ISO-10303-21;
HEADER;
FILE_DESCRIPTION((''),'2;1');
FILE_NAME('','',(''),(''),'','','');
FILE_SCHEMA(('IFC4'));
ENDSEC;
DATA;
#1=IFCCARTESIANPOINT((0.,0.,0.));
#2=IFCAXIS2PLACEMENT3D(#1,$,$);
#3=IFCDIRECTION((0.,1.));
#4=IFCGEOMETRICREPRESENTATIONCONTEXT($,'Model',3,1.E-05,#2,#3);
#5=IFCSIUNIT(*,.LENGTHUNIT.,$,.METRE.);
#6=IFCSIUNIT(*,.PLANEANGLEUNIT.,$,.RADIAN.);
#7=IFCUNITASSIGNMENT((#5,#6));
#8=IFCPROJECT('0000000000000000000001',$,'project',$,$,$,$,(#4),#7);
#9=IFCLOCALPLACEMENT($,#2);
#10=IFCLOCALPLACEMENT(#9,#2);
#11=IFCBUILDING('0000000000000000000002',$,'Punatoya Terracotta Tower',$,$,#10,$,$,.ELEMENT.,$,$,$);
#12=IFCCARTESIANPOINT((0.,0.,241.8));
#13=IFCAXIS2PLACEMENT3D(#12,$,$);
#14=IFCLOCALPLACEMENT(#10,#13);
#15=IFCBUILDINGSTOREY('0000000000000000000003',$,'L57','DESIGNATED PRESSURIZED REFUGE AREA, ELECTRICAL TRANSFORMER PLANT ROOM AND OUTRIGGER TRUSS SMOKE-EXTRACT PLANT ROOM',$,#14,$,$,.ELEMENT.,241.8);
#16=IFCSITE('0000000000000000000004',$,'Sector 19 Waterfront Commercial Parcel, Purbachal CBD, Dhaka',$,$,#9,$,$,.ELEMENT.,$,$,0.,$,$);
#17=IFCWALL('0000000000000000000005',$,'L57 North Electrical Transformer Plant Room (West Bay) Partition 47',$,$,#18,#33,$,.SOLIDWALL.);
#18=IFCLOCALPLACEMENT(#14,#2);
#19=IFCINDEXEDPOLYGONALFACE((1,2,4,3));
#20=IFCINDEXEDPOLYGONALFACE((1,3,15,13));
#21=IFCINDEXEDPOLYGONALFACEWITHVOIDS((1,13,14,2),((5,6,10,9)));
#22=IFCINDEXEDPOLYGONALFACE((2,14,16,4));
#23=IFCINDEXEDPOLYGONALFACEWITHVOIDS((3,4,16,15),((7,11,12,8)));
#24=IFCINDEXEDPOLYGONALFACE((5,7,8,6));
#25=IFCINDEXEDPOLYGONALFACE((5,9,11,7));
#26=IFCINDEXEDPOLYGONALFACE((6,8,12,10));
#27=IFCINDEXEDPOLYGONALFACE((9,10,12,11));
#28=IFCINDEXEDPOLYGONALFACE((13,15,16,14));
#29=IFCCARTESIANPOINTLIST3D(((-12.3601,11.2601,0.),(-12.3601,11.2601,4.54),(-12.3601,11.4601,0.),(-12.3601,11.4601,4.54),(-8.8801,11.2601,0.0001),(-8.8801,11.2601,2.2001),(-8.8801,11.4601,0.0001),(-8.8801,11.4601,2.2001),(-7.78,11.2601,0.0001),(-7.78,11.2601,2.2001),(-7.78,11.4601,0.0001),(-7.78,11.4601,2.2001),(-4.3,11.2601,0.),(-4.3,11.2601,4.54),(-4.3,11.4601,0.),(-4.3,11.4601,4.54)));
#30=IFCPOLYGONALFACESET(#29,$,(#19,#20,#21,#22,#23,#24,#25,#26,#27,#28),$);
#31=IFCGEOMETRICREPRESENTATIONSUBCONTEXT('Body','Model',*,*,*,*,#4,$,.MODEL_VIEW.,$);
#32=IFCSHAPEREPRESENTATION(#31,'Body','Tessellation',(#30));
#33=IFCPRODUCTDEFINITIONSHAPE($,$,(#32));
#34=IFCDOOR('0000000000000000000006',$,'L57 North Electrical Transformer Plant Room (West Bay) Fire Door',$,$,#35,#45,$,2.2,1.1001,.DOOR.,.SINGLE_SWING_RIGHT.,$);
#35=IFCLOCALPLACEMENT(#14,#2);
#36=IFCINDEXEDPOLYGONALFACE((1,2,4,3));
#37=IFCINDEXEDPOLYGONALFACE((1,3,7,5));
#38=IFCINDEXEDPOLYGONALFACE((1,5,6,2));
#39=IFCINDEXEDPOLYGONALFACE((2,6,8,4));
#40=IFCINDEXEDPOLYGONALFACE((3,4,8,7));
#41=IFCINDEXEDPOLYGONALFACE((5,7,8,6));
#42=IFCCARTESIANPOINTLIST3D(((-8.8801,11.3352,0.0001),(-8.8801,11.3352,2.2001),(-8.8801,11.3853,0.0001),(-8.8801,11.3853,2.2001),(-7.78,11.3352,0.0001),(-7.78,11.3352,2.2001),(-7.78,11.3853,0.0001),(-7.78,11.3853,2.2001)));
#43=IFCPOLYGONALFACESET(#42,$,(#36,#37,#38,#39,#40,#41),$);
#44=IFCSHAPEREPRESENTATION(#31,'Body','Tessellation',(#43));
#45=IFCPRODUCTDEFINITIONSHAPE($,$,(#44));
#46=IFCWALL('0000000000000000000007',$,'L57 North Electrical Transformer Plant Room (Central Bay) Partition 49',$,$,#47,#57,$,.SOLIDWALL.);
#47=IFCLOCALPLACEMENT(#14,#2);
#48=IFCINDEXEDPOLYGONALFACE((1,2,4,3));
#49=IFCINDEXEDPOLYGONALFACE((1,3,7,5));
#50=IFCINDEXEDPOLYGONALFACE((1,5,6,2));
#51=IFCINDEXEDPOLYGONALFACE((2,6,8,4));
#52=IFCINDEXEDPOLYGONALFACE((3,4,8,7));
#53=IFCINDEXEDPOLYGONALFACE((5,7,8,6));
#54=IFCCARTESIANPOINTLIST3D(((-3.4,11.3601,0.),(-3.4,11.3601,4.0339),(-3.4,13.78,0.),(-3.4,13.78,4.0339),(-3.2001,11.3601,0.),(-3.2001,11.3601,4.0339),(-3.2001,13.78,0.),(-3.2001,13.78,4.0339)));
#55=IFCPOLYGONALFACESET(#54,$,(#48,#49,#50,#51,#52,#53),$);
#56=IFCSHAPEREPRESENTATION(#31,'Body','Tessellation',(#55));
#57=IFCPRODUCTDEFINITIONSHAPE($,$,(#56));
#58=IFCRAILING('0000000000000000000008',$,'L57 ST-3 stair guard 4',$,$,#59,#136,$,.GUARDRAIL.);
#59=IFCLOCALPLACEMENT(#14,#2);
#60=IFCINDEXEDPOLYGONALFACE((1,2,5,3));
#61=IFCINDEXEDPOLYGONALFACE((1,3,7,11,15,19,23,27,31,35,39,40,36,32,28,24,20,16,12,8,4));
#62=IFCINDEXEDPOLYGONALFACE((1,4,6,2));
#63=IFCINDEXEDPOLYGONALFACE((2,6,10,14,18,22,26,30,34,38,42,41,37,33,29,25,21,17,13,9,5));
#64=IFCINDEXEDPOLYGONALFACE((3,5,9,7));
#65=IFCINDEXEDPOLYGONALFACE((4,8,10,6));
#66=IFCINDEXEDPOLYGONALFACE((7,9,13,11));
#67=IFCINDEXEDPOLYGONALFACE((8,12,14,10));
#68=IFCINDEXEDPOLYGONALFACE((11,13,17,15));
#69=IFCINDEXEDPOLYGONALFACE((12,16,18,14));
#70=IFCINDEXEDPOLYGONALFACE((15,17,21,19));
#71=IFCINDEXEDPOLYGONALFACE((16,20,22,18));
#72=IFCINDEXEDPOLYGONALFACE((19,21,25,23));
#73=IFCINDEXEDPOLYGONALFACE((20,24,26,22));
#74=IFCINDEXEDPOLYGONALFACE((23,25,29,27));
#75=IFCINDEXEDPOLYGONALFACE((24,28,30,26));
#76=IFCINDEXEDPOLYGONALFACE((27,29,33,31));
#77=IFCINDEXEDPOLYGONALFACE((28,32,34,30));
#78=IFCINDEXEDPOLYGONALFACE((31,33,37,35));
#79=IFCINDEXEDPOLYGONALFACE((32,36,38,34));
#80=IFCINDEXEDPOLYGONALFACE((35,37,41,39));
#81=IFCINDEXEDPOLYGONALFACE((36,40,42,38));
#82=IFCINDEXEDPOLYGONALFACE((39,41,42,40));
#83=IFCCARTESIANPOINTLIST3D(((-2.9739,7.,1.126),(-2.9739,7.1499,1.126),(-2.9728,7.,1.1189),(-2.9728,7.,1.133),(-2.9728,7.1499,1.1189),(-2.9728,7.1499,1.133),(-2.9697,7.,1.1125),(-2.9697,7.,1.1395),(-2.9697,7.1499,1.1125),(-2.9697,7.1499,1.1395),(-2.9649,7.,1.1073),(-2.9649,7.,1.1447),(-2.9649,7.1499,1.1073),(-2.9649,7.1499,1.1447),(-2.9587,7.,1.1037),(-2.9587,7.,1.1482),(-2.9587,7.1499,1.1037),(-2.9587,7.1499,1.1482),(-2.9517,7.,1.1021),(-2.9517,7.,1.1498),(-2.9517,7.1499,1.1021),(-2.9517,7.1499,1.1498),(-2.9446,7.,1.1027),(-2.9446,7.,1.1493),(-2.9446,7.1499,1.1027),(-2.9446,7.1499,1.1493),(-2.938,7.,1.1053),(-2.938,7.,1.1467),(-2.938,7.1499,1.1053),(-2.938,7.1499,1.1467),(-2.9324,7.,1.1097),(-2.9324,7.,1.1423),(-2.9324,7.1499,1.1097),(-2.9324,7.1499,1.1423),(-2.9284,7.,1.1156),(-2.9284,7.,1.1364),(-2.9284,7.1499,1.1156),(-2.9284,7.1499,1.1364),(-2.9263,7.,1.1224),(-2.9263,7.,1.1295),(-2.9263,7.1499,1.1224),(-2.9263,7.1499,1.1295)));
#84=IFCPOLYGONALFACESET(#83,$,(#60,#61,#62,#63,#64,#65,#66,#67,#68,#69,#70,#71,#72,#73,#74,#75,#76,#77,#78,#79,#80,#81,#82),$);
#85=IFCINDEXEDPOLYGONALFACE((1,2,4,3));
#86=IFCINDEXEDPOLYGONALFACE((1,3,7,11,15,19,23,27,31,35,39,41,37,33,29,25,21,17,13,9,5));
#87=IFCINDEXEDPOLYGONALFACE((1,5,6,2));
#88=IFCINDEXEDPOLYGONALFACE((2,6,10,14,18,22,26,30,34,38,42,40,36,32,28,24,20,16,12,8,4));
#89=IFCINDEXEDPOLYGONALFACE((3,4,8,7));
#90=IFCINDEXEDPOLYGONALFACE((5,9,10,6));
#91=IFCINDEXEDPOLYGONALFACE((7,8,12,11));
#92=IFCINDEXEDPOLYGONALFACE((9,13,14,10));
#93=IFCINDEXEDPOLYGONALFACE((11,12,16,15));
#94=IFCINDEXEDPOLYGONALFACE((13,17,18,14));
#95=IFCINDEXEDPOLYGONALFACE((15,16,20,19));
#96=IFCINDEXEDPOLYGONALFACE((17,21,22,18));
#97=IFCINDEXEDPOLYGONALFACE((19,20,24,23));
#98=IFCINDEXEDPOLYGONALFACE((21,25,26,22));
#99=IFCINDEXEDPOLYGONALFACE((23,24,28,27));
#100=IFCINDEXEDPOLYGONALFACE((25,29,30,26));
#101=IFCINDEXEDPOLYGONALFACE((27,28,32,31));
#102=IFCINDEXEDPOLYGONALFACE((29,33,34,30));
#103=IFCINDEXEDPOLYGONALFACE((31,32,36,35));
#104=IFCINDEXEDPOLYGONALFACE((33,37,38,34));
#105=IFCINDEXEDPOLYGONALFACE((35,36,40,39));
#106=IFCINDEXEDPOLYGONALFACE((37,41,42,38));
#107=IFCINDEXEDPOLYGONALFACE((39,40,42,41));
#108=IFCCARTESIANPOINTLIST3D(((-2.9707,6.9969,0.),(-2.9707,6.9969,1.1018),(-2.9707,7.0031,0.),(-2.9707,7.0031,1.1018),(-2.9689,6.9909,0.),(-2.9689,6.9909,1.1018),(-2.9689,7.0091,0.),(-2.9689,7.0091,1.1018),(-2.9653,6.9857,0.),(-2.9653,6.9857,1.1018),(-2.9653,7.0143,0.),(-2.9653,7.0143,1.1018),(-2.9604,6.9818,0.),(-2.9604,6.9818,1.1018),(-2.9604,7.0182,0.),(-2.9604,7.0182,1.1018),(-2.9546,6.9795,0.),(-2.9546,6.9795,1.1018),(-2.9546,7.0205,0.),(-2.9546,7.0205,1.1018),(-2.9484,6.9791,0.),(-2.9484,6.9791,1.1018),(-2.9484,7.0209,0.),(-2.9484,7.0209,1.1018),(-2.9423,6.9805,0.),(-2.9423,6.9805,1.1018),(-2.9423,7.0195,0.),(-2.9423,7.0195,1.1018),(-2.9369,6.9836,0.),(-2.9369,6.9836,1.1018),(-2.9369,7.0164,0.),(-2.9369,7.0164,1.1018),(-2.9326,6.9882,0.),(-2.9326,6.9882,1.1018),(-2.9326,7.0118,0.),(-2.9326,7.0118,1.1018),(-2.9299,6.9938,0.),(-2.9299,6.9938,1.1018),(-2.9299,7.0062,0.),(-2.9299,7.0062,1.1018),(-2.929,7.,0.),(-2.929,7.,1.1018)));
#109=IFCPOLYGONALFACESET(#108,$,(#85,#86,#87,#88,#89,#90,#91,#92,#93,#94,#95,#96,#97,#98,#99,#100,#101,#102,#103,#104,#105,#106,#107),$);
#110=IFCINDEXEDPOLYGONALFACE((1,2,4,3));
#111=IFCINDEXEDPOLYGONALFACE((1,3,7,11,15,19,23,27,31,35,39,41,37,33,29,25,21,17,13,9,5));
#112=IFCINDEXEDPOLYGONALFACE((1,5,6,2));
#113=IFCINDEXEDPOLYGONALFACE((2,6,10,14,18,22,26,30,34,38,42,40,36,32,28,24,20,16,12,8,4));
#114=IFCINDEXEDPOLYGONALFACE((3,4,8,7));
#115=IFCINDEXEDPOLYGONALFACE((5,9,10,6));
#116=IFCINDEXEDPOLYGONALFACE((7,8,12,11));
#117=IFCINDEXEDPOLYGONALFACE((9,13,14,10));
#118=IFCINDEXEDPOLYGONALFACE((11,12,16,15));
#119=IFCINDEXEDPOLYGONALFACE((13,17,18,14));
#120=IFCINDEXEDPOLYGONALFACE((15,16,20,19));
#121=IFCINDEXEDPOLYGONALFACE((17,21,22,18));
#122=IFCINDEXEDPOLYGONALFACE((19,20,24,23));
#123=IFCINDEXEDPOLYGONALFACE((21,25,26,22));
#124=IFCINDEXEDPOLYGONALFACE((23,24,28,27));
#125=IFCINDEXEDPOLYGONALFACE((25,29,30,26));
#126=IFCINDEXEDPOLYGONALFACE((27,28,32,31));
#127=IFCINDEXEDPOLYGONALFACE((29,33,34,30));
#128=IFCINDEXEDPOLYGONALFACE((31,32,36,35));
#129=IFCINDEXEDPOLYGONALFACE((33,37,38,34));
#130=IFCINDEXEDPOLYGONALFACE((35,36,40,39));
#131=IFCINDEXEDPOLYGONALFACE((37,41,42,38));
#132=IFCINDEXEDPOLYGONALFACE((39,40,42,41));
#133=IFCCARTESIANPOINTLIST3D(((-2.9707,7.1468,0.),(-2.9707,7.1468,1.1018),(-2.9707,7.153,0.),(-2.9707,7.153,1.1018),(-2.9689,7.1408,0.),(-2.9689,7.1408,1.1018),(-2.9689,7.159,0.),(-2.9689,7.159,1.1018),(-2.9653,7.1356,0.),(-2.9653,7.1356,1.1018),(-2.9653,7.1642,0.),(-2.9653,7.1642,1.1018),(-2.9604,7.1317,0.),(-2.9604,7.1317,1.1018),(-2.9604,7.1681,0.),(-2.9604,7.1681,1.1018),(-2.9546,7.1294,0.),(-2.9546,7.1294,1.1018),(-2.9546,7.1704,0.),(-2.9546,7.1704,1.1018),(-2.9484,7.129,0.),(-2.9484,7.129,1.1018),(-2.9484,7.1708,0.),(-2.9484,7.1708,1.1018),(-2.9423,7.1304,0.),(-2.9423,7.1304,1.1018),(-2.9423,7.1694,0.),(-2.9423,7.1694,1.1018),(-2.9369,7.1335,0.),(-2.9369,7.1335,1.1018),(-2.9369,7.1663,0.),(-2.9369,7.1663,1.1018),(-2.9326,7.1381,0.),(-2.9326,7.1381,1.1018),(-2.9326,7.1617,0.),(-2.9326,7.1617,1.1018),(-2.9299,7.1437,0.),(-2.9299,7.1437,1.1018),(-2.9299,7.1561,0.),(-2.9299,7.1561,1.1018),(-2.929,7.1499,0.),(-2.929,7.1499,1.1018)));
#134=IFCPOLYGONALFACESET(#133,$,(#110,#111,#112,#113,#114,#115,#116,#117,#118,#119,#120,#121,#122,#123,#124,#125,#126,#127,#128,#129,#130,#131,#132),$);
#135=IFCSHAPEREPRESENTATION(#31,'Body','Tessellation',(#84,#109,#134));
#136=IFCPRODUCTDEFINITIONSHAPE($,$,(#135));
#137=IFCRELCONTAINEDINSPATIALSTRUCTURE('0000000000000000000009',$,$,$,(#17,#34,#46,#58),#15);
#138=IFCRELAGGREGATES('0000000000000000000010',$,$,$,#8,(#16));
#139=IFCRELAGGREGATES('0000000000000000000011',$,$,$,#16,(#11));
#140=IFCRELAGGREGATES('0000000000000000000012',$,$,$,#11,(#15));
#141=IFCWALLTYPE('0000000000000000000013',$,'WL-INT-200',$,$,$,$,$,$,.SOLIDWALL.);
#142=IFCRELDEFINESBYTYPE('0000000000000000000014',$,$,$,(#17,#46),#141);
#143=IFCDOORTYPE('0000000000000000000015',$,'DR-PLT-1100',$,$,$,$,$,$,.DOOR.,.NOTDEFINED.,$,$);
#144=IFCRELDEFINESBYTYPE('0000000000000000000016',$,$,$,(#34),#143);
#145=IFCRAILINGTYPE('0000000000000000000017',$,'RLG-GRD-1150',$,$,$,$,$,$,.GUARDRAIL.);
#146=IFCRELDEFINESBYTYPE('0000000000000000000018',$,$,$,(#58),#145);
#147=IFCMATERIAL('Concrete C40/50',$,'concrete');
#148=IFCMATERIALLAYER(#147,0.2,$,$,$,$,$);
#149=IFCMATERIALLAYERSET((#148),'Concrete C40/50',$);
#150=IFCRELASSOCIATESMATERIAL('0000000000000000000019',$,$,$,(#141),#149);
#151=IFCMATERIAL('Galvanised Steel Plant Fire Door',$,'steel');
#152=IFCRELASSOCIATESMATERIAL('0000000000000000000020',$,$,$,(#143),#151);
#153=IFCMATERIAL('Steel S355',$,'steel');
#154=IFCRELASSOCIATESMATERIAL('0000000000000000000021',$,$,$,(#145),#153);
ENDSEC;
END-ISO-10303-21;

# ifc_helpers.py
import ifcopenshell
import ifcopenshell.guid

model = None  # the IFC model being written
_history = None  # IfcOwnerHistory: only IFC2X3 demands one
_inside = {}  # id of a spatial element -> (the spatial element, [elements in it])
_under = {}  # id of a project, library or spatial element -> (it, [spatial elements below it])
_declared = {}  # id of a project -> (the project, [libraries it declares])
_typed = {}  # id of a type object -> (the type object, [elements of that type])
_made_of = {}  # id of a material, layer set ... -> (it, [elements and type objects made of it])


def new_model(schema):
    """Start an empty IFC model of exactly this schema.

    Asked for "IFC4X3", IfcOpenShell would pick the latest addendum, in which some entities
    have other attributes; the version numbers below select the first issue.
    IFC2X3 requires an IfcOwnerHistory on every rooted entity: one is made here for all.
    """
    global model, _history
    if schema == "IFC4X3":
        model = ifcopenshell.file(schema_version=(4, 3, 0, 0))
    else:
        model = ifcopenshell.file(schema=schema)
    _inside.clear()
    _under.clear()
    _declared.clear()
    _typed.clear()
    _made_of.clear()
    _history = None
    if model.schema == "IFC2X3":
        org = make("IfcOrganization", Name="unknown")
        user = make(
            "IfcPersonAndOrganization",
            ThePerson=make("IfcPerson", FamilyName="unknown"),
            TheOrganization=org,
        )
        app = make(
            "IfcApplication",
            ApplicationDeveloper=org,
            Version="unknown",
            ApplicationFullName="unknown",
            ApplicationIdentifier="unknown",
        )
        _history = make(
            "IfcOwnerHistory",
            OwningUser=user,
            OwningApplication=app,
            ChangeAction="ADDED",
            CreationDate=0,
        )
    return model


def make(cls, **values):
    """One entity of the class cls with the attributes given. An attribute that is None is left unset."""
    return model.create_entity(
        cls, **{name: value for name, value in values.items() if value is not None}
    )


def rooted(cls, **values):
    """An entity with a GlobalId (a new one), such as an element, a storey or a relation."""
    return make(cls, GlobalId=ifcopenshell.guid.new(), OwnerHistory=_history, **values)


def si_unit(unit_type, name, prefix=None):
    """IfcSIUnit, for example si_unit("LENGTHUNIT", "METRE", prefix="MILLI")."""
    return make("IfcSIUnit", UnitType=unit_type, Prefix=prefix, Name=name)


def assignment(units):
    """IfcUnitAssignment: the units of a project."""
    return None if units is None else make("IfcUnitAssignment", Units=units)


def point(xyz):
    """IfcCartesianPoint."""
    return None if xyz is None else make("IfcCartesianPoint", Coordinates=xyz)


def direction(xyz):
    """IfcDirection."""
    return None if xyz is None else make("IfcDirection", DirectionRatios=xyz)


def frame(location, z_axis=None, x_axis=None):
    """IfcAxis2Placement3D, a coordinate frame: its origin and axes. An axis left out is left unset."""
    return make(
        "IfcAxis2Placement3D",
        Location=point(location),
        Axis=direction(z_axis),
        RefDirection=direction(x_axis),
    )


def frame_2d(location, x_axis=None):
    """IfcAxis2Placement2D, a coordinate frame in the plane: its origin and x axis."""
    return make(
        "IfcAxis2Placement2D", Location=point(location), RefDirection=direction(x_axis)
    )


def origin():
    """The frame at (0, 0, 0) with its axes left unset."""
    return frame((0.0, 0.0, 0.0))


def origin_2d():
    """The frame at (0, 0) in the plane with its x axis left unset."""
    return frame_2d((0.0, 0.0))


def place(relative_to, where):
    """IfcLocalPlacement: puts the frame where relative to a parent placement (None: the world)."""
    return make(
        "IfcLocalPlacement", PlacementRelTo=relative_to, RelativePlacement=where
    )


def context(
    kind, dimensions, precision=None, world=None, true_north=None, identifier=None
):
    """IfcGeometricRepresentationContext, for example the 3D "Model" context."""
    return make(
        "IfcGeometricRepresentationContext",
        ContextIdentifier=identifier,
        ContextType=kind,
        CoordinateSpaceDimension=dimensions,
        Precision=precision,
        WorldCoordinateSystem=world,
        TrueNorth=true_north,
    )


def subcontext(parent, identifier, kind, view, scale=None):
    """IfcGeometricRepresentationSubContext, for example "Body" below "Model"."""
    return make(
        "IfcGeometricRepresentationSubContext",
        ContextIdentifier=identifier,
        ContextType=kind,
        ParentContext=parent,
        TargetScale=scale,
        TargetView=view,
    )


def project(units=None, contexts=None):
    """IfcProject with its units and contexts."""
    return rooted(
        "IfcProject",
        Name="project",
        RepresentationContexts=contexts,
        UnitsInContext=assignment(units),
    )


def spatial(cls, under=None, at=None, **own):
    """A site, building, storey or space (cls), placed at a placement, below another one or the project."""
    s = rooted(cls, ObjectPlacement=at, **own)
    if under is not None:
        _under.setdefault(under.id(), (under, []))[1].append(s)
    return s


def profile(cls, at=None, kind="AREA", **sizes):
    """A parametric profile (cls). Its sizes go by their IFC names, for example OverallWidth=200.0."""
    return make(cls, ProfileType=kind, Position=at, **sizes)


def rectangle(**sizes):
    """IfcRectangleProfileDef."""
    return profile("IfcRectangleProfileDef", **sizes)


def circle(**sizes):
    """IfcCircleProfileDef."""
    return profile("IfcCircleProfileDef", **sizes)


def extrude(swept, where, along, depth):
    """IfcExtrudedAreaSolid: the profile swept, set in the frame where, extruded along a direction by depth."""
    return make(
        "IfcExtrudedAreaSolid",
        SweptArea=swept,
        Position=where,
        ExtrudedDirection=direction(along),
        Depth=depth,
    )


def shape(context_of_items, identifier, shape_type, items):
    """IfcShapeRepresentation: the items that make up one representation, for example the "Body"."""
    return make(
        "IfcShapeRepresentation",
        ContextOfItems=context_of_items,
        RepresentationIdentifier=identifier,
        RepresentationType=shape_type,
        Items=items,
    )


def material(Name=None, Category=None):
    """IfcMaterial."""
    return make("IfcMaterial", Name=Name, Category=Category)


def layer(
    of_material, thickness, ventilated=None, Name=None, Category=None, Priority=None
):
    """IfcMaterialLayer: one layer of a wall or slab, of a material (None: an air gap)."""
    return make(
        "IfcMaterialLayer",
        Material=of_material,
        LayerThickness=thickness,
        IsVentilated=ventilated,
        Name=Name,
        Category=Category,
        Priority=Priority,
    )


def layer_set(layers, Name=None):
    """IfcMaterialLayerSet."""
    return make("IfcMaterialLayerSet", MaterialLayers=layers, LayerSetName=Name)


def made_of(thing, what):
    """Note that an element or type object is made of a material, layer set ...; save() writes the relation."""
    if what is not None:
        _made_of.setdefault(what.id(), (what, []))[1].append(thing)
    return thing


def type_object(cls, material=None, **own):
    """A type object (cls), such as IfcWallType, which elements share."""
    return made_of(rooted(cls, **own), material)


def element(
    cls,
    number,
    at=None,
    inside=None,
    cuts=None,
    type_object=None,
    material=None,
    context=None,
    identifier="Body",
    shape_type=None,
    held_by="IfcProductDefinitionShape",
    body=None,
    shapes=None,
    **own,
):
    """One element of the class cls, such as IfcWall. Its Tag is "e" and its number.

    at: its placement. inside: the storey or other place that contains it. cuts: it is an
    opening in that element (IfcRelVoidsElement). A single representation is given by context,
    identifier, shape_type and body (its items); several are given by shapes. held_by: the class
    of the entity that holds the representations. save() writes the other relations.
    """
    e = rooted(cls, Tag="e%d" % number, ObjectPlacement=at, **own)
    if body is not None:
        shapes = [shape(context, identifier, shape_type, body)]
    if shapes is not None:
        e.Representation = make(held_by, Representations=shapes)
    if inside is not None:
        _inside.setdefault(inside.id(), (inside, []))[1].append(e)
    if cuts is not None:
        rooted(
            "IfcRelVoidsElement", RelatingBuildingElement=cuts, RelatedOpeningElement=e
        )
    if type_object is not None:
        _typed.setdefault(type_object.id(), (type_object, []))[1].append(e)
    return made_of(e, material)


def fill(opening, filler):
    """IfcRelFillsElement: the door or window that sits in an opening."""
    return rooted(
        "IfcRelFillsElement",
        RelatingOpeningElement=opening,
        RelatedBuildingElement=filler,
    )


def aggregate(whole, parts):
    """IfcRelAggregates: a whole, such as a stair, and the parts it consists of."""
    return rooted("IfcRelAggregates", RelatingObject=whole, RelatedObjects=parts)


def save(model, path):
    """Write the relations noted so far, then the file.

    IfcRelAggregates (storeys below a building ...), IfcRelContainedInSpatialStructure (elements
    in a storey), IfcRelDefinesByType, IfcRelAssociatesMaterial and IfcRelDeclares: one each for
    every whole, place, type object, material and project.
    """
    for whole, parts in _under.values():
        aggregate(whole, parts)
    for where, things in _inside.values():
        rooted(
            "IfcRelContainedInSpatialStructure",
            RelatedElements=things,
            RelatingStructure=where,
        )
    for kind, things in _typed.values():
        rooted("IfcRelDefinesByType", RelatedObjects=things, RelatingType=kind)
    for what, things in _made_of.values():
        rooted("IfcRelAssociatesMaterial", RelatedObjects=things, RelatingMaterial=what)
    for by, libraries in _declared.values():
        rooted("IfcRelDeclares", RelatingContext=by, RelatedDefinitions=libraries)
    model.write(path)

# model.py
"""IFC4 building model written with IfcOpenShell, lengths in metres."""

from ifc_helpers import new_model, si_unit, direction, frame, frame_2d, origin, origin_2d, place, context, subcontext, project, spatial, rectangle, circle, extrude, material, layer, layer_set, type_object, element, fill, save


model = new_model("IFC4")

# Units and contexts
model_context = context("Model", 3, precision=1e-05, world=origin(), true_north=direction((0.0, 1.0)))
body_context = subcontext(model_context, "Body", "Model", "MODEL_VIEW")
ifc_project = project(units=[si_unit("LENGTHUNIT", "METRE"), si_unit("PLANEANGLEUNIT", "RADIAN")], contexts=[model_context])

# Site, building, storey
site_placement = place(None, origin())
site = spatial("IfcSite", under=ifc_project, at=site_placement, Name="Sector 19 Waterfront Commercial Parcel, Purbachal CBD, Dhaka", CompositionType="ELEMENT", RefElevation=0.0)
building_placement = place(site_placement, origin())
building = spatial("IfcBuilding", under=site, at=building_placement, Name="Punatoya Terracotta Tower", CompositionType="ELEMENT")
storey_placement = place(building_placement, frame((0.0, 0.0, 241.8)))
storey = spatial("IfcBuildingStorey", under=building, at=storey_placement, Name="L57", Description="DESIGNATED PRESSURIZED REFUGE AREA, ELECTRICAL TRANSFORMER PLANT ROOM AND OUTRIGGER TRUSS SMOKE-EXTRACT PLANT ROOM", CompositionType="ELEMENT", Elevation=241.8)

# Shared definitions
ifc_material_1 = material(Name="Steel S355", Category="steel")

# Shared definitions
ifc_material_2 = material(Name="Concrete C40/50", Category="concrete")
ifc_layer_1 = layer(ifc_material_2, 0.2)
ifc_layer_set_1 = layer_set([ifc_layer_1], Name="Concrete C40/50")
wall_type_1 = type_object("IfcWallType", Name="WL-INT-200", PredefinedType="SOLIDWALL", material=ifc_layer_set_1)

# Shared definitions
ifc_material_3 = material(Name="Galvanised Steel Plant Fire Door", Category="steel")
door_type = type_object("IfcDoorType", Name="DR-PLT-1100", OperationType="NOTDEFINED", PredefinedType="DOOR", material=ifc_material_3)

# Wall, opening, door
wall_1_placement = place(storey_placement, frame((-4.3, 11.3601, 0.0), z_axis=(0.0, 0.0, 1.0), x_axis=(-1.0, 0.0, 0.0)))
wall_1 = element("IfcWall", 1, at=wall_1_placement, inside=storey, type_object=wall_type_1, Name="L57 North Electrical Transformer Plant Room (West Bay) Partition 47", PredefinedType="SOLIDWALL", context=body_context, shape_type="SweptSolid", body=[
    extrude(rectangle(XDim=8.0601, YDim=0.2, at=frame_2d((4.03, 0.0))), origin(), (0.0, 0.0, 1.0), 4.54),
])
opening_1_placement = place(wall_1_placement, frame((3.48, 0.0, 0.0)))
opening_1 = element("IfcOpeningElement", 2, at=opening_1_placement, cuts=wall_1, PredefinedType="OPENING", context=body_context, shape_type="SweptSolid", body=[
    extrude(rectangle(XDim=1.1001, YDim=2.2, at=frame_2d((0.55, 1.1001))), frame((0.0, 0.1099, 0.0), z_axis=(0.0, -1.0, 0.0), x_axis=(1.0, 0.0, 0.0)), (0.0, 0.0, 1.0), 0.22),
])
door_1_placement = place(opening_1_placement, origin())
door_1 = element("IfcDoor", 3, at=door_1_placement, inside=storey, type_object=door_type, Name="L57 North Electrical Transformer Plant Room (West Bay) Fire Door", OperationType="SINGLE_SWING_RIGHT", OverallHeight=2.2, OverallWidth=1.1001, PredefinedType="DOOR", context=body_context, shape_type="SweptSolid", body=[
    extrude(rectangle(XDim=1.1001, YDim=2.2, at=frame_2d((0.55, 1.1001))), frame((0.0, 0.0249, 0.0), z_axis=(0.0, -1.0, 0.0), x_axis=(1.0, 0.0, 0.0)), (0.0, 0.0, 1.0), 0.05),
])
fill(opening_1, door_1)

# Wall
wall_2_placement = place(storey_placement, frame((-3.3, 11.3601, 0.0), z_axis=(0.0, 0.0, 1.0), x_axis=(0.0, 1.0, 0.0)))
element("IfcWall", 4, at=wall_2_placement, inside=storey, type_object=wall_type_1, Name="L57 North Electrical Transformer Plant Room (Central Bay) Partition 49", PredefinedType="SOLIDWALL", context=body_context, shape_type="SweptSolid", body=[
    extrude(rectangle(XDim=2.4199, YDim=0.2, at=frame_2d((1.21, 0.0))), origin(), (0.0, 0.0, 1.0), 4.0339),
])

# Railing
railing_type = type_object("IfcRailingType", Name="RLG-GRD-1150", PredefinedType="GUARDRAIL", material=ifc_material_1)
railing_placement = place(storey_placement, frame((-2.95, 7.0, 0.0)))
element("IfcRailing", 5, at=railing_placement, inside=storey, type_object=railing_type, Name="L57 ST-3 stair guard 4", PredefinedType="GUARDRAIL", context=body_context, shape_type="SweptSolid", body=[
    extrude(circle(Radius=0.0239, at=origin_2d()), frame((0.0, 0.0, 1.126), z_axis=(0.0, 1.0, 0.0), x_axis=(-1.0, 0.0, 0.0)), (0.0, 0.0, 1.0), 0.1499),
    extrude(circle(Radius=0.021, at=origin_2d()), origin(), (0.0, 0.0, 1.0), 1.1018),
    extrude(circle(Radius=0.021, at=origin_2d()), frame((0.0, 0.1499, 0.0)), (0.0, 0.0, 1.0), 1.1018),
])

save(model, "model.ifc")
